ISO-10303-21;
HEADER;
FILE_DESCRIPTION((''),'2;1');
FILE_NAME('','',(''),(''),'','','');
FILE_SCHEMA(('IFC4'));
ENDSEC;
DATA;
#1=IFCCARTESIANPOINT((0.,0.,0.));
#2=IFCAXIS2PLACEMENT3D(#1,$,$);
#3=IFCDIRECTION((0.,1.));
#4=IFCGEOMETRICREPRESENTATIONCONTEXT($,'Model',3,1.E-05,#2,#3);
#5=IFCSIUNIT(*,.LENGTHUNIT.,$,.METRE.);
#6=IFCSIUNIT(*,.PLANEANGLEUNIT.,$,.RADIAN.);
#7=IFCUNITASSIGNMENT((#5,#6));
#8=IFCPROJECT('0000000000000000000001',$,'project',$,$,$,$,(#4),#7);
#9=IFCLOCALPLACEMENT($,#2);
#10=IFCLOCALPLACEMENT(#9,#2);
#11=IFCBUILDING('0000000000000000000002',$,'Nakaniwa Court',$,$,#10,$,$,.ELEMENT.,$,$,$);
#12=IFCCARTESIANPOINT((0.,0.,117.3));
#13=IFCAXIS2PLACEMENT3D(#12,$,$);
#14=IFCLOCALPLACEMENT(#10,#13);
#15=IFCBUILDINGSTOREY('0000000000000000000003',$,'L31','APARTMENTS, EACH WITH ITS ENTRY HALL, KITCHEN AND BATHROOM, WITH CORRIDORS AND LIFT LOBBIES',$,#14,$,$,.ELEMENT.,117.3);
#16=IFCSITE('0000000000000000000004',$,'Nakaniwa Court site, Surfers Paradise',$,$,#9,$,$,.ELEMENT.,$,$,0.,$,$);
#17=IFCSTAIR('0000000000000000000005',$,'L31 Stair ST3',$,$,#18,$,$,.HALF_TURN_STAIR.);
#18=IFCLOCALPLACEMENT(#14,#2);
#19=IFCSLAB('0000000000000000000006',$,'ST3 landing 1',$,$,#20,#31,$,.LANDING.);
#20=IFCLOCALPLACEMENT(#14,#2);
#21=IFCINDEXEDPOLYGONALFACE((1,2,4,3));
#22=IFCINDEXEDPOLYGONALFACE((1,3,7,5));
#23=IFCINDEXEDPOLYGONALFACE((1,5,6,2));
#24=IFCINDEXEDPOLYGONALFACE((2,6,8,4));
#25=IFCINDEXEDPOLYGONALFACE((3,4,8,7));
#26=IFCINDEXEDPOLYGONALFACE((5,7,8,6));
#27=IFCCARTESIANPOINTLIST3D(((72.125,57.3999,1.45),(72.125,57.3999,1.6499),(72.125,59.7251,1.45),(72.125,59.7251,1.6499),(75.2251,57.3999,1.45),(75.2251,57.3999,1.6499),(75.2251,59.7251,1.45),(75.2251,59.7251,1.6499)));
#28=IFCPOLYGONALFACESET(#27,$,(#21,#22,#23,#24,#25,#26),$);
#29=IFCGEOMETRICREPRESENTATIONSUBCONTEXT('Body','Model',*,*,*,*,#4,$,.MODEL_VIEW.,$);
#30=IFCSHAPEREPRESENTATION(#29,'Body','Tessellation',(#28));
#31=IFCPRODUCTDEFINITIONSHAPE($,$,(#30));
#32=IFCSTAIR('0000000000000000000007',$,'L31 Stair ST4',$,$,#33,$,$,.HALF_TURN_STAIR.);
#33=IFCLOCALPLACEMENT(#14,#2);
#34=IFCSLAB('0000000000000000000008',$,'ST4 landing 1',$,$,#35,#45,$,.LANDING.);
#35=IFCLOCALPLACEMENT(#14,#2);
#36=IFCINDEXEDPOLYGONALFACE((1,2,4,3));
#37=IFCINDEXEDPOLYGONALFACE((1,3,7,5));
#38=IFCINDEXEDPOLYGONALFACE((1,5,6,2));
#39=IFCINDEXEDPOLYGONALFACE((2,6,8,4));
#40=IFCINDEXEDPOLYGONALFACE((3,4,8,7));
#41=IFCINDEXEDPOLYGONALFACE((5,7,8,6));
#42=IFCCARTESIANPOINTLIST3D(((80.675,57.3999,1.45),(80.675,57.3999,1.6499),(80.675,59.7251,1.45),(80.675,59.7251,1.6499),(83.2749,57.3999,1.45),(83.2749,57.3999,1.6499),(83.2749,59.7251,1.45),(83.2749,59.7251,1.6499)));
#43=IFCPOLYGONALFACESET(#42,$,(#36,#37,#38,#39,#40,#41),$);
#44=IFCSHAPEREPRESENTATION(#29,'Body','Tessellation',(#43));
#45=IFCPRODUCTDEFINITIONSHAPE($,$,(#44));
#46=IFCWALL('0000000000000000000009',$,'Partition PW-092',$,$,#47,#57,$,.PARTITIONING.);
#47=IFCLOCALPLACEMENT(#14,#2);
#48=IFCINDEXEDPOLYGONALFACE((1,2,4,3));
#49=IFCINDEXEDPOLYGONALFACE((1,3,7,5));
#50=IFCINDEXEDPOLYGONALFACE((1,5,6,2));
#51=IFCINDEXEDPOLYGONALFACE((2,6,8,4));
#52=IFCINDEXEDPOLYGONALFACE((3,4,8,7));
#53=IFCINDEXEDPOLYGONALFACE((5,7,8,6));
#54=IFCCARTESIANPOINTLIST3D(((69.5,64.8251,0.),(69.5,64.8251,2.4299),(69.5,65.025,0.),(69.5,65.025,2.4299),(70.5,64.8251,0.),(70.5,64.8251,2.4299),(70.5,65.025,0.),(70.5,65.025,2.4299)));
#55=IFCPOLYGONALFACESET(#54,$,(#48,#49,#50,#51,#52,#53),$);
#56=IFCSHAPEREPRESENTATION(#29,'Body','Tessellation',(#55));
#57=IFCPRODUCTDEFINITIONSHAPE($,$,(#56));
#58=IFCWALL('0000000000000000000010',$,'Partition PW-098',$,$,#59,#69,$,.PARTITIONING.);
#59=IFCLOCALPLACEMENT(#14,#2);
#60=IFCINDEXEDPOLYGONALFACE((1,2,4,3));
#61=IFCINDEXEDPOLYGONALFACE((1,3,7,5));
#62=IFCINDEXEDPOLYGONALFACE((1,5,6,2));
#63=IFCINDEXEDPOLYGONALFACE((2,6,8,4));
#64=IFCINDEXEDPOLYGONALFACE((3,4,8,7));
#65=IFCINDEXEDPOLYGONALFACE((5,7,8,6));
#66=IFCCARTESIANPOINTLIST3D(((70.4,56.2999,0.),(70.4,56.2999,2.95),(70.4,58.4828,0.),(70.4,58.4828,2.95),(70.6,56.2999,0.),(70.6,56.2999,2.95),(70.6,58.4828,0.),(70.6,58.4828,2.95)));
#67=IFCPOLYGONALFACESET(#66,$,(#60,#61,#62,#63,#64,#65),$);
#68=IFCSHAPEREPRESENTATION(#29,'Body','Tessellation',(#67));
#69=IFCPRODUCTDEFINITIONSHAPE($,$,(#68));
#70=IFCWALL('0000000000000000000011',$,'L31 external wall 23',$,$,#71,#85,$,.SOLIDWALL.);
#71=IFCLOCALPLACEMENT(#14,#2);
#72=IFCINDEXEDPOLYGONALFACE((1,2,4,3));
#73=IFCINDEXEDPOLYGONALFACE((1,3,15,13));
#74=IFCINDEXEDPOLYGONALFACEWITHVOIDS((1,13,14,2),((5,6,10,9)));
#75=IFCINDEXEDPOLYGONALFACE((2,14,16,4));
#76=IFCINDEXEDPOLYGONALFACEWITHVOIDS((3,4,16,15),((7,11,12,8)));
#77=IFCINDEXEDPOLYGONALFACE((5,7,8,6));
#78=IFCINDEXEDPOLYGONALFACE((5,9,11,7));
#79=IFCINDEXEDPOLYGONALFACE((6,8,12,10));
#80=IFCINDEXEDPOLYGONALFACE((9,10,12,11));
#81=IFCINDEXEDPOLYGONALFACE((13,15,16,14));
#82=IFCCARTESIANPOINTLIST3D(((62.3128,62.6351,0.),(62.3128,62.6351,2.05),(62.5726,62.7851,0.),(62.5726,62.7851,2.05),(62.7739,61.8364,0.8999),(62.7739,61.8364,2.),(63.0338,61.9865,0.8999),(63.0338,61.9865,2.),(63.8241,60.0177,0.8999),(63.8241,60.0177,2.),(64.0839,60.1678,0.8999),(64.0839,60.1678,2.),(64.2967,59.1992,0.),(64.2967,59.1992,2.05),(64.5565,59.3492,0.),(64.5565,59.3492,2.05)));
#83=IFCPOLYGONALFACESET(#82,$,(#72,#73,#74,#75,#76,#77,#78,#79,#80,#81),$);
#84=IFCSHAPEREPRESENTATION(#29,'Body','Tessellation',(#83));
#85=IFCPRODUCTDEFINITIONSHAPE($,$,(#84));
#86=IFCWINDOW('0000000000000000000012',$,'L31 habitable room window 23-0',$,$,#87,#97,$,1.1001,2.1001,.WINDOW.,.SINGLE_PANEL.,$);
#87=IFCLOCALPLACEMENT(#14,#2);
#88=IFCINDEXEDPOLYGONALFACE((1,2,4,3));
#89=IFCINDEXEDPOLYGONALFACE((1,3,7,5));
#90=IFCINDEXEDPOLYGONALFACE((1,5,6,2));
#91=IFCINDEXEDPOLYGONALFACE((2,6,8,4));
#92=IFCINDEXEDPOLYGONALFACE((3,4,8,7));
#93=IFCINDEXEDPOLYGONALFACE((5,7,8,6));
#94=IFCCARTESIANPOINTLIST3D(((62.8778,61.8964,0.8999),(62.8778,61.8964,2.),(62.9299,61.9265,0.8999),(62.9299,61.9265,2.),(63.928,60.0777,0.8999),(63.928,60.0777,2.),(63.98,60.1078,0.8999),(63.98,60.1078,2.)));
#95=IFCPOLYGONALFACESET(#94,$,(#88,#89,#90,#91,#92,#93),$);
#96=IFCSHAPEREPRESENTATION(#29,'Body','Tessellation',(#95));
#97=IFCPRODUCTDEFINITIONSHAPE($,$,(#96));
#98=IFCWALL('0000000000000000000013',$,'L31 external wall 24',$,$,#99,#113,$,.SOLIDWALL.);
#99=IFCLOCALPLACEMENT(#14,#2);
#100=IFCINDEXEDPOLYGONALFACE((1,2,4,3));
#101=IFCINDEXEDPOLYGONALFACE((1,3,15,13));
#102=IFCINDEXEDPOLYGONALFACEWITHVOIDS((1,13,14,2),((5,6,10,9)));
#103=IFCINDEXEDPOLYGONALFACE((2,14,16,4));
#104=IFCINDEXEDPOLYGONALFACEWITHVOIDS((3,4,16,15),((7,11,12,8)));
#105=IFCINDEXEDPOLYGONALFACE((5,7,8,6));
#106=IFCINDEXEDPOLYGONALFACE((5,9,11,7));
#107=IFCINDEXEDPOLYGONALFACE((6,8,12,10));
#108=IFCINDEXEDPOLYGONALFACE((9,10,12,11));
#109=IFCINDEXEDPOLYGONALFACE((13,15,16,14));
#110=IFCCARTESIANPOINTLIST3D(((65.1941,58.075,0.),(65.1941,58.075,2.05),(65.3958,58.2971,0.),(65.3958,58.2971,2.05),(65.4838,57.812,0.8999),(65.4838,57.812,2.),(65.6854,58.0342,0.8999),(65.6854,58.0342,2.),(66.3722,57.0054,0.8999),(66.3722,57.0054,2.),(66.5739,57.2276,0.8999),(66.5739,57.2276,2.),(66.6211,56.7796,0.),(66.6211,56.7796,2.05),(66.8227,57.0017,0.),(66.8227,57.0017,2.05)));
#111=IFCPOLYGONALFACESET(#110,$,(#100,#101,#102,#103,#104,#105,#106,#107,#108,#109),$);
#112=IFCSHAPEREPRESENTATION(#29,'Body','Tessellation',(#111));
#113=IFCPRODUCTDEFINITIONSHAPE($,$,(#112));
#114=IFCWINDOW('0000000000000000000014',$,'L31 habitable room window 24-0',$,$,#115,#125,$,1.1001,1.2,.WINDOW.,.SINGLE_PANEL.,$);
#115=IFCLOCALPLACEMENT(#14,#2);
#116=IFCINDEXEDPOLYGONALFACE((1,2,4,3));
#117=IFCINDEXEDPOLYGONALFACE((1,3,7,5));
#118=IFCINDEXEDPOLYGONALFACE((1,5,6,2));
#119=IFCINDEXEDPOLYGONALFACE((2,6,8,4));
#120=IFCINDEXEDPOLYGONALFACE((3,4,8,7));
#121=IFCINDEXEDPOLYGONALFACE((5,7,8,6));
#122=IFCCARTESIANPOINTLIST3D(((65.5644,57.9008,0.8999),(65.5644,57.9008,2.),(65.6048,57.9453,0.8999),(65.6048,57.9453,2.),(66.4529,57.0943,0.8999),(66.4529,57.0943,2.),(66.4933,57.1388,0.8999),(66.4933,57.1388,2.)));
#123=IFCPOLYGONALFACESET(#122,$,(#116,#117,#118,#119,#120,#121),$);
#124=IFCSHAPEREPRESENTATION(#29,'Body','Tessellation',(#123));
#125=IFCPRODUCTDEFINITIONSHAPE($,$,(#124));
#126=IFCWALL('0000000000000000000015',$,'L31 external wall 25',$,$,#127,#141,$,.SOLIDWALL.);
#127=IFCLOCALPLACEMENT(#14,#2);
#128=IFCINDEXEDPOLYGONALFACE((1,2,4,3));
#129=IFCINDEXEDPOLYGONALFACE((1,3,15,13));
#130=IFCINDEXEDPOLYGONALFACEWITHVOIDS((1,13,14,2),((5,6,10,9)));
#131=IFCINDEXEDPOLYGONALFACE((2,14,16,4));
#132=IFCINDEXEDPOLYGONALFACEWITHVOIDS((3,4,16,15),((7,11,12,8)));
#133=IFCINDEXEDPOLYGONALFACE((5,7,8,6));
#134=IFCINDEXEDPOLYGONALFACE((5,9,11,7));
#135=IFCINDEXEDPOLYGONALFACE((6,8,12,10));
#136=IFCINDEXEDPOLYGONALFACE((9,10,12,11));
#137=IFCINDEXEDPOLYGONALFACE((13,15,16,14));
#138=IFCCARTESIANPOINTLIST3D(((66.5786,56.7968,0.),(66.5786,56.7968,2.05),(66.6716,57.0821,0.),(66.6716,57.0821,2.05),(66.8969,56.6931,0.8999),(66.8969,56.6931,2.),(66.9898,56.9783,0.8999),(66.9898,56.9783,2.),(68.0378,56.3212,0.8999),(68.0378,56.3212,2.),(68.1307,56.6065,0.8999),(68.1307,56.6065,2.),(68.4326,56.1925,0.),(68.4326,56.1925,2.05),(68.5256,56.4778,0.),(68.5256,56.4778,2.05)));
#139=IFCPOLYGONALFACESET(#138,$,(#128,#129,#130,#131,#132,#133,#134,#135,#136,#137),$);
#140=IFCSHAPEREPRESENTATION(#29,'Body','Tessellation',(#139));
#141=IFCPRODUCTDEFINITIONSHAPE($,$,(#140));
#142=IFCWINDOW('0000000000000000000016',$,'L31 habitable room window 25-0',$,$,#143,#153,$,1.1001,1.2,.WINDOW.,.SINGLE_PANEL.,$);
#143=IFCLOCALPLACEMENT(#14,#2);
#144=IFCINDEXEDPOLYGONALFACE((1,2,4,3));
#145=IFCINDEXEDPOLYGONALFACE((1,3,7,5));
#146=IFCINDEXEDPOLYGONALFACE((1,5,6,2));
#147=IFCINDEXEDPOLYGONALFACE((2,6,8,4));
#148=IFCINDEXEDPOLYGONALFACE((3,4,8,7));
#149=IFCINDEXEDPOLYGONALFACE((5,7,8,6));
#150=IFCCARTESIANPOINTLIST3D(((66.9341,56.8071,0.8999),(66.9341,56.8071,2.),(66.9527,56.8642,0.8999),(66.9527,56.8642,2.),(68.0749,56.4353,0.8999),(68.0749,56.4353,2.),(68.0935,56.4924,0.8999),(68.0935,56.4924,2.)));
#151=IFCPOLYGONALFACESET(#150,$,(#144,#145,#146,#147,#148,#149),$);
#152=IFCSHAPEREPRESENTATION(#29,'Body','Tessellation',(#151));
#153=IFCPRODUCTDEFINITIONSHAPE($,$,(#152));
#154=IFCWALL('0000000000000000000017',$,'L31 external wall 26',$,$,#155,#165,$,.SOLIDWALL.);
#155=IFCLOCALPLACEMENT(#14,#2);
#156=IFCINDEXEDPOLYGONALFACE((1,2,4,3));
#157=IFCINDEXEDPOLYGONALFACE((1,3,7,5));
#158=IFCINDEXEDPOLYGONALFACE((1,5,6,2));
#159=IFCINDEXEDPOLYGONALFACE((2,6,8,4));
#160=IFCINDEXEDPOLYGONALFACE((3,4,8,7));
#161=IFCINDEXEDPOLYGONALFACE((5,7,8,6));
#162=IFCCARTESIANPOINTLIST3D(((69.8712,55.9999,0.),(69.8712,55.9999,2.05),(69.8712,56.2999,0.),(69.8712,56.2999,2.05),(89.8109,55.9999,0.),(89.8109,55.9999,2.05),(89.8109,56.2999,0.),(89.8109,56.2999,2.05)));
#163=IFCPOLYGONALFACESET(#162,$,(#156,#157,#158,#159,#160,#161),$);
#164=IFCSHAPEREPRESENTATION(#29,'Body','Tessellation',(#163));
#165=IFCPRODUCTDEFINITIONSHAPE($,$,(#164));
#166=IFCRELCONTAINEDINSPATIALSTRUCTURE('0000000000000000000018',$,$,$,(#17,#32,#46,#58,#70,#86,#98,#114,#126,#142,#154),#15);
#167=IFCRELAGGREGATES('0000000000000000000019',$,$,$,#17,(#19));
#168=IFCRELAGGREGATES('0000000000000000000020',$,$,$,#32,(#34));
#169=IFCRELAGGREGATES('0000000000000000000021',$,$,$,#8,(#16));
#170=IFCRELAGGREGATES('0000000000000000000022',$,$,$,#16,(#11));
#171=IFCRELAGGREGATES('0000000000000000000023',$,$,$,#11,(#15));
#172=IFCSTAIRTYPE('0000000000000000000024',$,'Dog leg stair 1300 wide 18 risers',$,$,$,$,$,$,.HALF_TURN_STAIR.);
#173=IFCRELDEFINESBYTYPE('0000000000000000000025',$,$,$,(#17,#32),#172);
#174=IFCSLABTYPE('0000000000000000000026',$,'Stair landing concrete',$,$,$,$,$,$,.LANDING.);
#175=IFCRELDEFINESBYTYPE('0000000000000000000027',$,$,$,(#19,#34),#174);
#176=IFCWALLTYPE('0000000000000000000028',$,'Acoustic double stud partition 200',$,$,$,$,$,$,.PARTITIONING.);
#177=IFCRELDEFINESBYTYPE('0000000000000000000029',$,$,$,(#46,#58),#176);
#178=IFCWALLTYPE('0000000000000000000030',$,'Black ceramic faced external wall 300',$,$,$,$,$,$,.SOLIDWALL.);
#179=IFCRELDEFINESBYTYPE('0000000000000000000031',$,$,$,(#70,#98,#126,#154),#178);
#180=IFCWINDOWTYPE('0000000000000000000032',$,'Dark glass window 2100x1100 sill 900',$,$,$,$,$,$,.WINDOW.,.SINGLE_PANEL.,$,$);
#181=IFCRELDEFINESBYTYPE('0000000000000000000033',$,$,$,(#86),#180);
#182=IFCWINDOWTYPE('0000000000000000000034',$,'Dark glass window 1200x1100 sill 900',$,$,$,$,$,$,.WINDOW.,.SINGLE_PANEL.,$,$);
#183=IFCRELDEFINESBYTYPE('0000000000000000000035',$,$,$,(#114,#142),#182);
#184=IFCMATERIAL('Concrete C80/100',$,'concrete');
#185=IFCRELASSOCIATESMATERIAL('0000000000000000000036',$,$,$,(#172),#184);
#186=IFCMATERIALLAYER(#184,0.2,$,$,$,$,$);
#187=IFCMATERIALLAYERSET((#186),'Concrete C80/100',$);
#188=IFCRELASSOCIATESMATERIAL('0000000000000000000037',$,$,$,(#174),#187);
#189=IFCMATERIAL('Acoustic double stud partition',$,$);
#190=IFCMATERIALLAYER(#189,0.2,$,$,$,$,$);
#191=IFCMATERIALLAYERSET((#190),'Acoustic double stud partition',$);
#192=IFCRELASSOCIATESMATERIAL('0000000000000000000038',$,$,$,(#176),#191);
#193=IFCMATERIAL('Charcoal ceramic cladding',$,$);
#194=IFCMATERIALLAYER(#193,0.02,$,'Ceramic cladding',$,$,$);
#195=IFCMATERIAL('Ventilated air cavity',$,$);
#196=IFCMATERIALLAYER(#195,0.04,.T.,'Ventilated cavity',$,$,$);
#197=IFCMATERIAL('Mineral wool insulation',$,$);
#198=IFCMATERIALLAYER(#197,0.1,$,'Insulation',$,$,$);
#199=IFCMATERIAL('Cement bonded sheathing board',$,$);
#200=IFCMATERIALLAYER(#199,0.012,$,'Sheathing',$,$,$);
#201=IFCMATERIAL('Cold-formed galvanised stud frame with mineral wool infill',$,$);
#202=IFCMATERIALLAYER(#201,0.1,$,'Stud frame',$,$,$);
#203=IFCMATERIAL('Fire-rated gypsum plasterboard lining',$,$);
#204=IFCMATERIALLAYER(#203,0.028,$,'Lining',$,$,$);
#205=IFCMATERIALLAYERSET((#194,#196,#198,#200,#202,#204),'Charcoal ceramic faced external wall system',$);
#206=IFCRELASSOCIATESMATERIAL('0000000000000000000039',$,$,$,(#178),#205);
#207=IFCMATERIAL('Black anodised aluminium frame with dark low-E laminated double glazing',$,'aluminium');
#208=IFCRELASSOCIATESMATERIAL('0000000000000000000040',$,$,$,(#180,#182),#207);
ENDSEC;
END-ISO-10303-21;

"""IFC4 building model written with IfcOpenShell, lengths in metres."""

from ifc_helpers import new_model, si_unit, direction, frame, frame_2d, origin, place, context, subcontext, project, spatial, polyline, rectangle, outline, extrude, material, layer, layer_set, type_object, element, fill, aggregate, save


model = new_model("IFC4")

# Units and contexts
model_context = context("Model", 3, precision=1e-05, world=origin(), true_north=direction((0.0, 1.0)))
body_context = subcontext(model_context, "Body", "Model", "MODEL_VIEW")
ifc_project = project(units=[si_unit("LENGTHUNIT", "METRE"), si_unit("PLANEANGLEUNIT", "RADIAN")], contexts=[model_context])

# Site, building, storey
site_placement = place(None, origin())
site = spatial("IfcSite", under=ifc_project, at=site_placement, Name="Nakaniwa Court site, Surfers Paradise", CompositionType="ELEMENT", RefElevation=0.0)
building_placement = place(site_placement, origin())
building = spatial("IfcBuilding", under=site, at=building_placement, Name="Nakaniwa Court", CompositionType="ELEMENT")
storey_placement = place(building_placement, frame((0.0, 0.0, 117.3)))
storey = spatial("IfcBuildingStorey", under=building, at=storey_placement, Name="L31", Description="APARTMENTS, EACH WITH ITS ENTRY HALL, KITCHEN AND BATHROOM, WITH CORRIDORS AND LIFT LOBBIES", CompositionType="ELEMENT", Elevation=117.3)

# Shared definitions
ifc_material_1 = material(Name="Concrete C80/100", Category="concrete")

# Stairs, slabs
stair_type = type_object("IfcStairType", Name="Dog leg stair 1300 wide 18 risers", PredefinedType="HALF_TURN_STAIR", material=ifc_material_1)
ifc_layer_1 = layer(ifc_material_1, 0.2)
ifc_layer_set_1 = layer_set([ifc_layer_1], Name="Concrete C80/100")
slab_type_1 = type_object("IfcSlabType", Name="Stair landing concrete", PredefinedType="LANDING", material=ifc_layer_set_1)
stair_1_placement = place(storey_placement, origin())
stair_1 = element("IfcStair", 1, at=stair_1_placement, inside=storey, type_object=stair_type, Name="L31 Stair ST3", PredefinedType="HALF_TURN_STAIR")
slab_1_placement = place(storey_placement, frame((0.0, 0.0, 1.45)))
slab_1 = element("IfcSlab", 2, at=slab_1_placement, type_object=slab_type_1, Name="ST3 landing 1", PredefinedType="LANDING", context=body_context, shape_type="SweptSolid", body=[
    extrude(outline(polyline([(75.2251, 57.3999), (75.2251, 59.7251), (72.125, 59.7251), (72.125, 57.3999), (75.2251, 57.3999)])), origin(), (0.0, 0.0, 1.0), 0.2),
])
aggregate(stair_1, [slab_1])
stair_2_placement = place(storey_placement, origin())
stair_2 = element("IfcStair", 3, at=stair_2_placement, inside=storey, type_object=stair_type, Name="L31 Stair ST4", PredefinedType="HALF_TURN_STAIR")
slab_2_placement = place(storey_placement, frame((0.0, 0.0, 1.45)))
slab_2 = element("IfcSlab", 4, at=slab_2_placement, type_object=slab_type_1, Name="ST4 landing 1", PredefinedType="LANDING", context=body_context, shape_type="SweptSolid", body=[
    extrude(outline(polyline([(83.2749, 57.3999), (83.2749, 59.7251), (80.675, 59.7251), (80.675, 57.3999), (83.2749, 57.3999)])), origin(), (0.0, 0.0, 1.0), 0.2),
])
aggregate(stair_2, [slab_2])

# Walls
ifc_material_2 = material(Name="Acoustic double stud partition")
ifc_layer_2 = layer(ifc_material_2, 0.2)
ifc_layer_set_2 = layer_set([ifc_layer_2], Name="Acoustic double stud partition")
wall_type_1 = type_object("IfcWallType", Name="Acoustic double stud partition 200", PredefinedType="PARTITIONING", material=ifc_layer_set_2)
wall_1_placement = place(storey_placement, frame((69.5, 64.925, 0.0), z_axis=(0.0, 0.0, 1.0), x_axis=(1.0, 0.0, 0.0)))
element("IfcWall", 5, at=wall_1_placement, inside=storey, type_object=wall_type_1, Name="Partition PW-092", PredefinedType="PARTITIONING", context=body_context, shape_type="SweptSolid", body=[
    extrude(rectangle(XDim=1.0, YDim=0.2, at=frame_2d((0.5, 0.0))), origin(), (0.0, 0.0, 1.0), 2.4299),
])
wall_2_placement = place(storey_placement, frame((70.5, 56.3, 0.0), z_axis=(0.0, 0.0, 1.0), x_axis=(0.0, 1.0, 0.0)))
element("IfcWall", 6, at=wall_2_placement, inside=storey, type_object=wall_type_1, Name="Partition PW-098", PredefinedType="PARTITIONING", context=body_context, shape_type="SweptSolid", body=[
    extrude(rectangle(XDim=2.1829, YDim=0.2, at=frame_2d((1.0913, 0.0))), origin(), (0.0, 0.0, 1.0), 2.95),
])

# Walls, openings, windows
ifc_material_3 = material(Name="Charcoal ceramic cladding")
ifc_layer_3 = layer(ifc_material_3, 0.02, Name="Ceramic cladding")
ifc_material_4 = material(Name="Ventilated air cavity")
ifc_layer_4 = layer(ifc_material_4, 0.04, ventilated=True, Name="Ventilated cavity")
ifc_material_5 = material(Name="Mineral wool insulation")
ifc_layer_5 = layer(ifc_material_5, 0.1, Name="Insulation")
ifc_material_6 = material(Name="Cement bonded sheathing board")
ifc_layer_6 = layer(ifc_material_6, 0.012, Name="Sheathing")
ifc_material_7 = material(Name="Cold-formed galvanised stud frame with mineral wool infill")
ifc_layer_7 = layer(ifc_material_7, 0.1, Name="Stud frame")
ifc_material_8 = material(Name="Fire-rated gypsum plasterboard lining")
ifc_layer_8 = layer(ifc_material_8, 0.028, Name="Lining")
ifc_layer_set_3 = layer_set([ifc_layer_3, ifc_layer_4, ifc_layer_5, ifc_layer_6, ifc_layer_7, ifc_layer_8], Name="Charcoal ceramic faced external wall system")
wall_type_2 = type_object("IfcWallType", Name="Black ceramic faced external wall 300", PredefinedType="SOLIDWALL", material=ifc_layer_set_3)
wall_3_placement = place(storey_placement, frame((62.4426, 62.7102, 0.0), z_axis=(0.0, 0.0, 1.0), x_axis=(0.500044, -0.866, 0.0)))
wall_3 = element("IfcWall", 7, at=wall_3_placement, inside=storey, type_object=wall_type_2, Name="L31 external wall 23", PredefinedType="SOLIDWALL", context=body_context, shape_type="SweptSolid", body=[
    extrude(rectangle(XDim=3.9675, YDim=0.3, at=frame_2d((1.9839, 0.0))), origin(), (0.0, 0.0, 1.0), 2.05),
])
opening_1_placement = place(wall_3_placement, frame((0.9224, 0.0, 0.8999)))
opening_1 = element("IfcOpeningElement", 8, at=opening_1_placement, cuts=wall_3, PredefinedType="OPENING", context=body_context, shape_type="SweptSolid", body=[
    extrude(rectangle(XDim=2.1001, YDim=1.1001, at=frame_2d((1.05, 0.55))), frame((0.0, 0.1599, 0.0), z_axis=(0.0, -1.0, 0.0), x_axis=(1.0, 0.0, 0.0)), (0.0, 0.0, 1.0), 0.3201),
])
ifc_material_9 = material(Name="Black anodised aluminium frame with dark low-E laminated double glazing", Category="aluminium")
window_type_1 = type_object("IfcWindowType", Name="Dark glass window 2100x1100 sill 900", PartitioningType="SINGLE_PANEL", PredefinedType="WINDOW", material=ifc_material_9)
window_1_placement = place(opening_1_placement, origin())
window_1 = element("IfcWindow", 9, at=window_1_placement, inside=storey, type_object=window_type_1, Name="L31 habitable room window 23-0", OverallHeight=1.1001, OverallWidth=2.1001, PartitioningType="SINGLE_PANEL", PredefinedType="WINDOW", context=body_context, shape_type="SweptSolid", body=[
    extrude(rectangle(XDim=2.1001, YDim=1.1001, at=frame_2d((1.05, 0.55))), frame((0.0, 0.03, 0.0), z_axis=(0.0, -1.0, 0.0), x_axis=(1.0, 0.0, 0.0)), (0.0, 0.0, 1.0), 0.0601),
])
fill(opening_1, window_1)
wall_4_placement = place(storey_placement, frame((65.2949, 58.186, 0.0), z_axis=(0.0, 0.0, 1.0), x_axis=(0.740421, -0.672143, 0.0)))
wall_4 = element("IfcWall", 10, at=wall_4_placement, inside=storey, type_object=wall_type_2, Name="L31 external wall 24", PredefinedType="SOLIDWALL", context=body_context, shape_type="SweptSolid", body=[
    extrude(rectangle(XDim=1.9272, YDim=0.3, at=frame_2d((0.9636, 0.0))), origin(), (0.0, 0.0, 1.0), 2.05),
])
opening_2_placement = place(wall_4_placement, frame((0.3911, 0.0, 0.8999)))
opening_2 = element("IfcOpeningElement", 11, at=opening_2_placement, cuts=wall_4, PredefinedType="OPENING", context=body_context, shape_type="SweptSolid", body=[
    extrude(rectangle(XDim=1.2, YDim=1.1001, at=frame_2d((0.6001, 0.55))), frame((0.0, 0.1599, 0.0), z_axis=(0.0, -1.0, 0.0), x_axis=(1.0, 0.0, 0.0)), (0.0, 0.0, 1.0), 0.3201),
])
window_type_2 = type_object("IfcWindowType", Name="Dark glass window 1200x1100 sill 900", PartitioningType="SINGLE_PANEL", PredefinedType="WINDOW", material=ifc_material_9)
window_2_placement = place(opening_2_placement, origin())
window_2 = element("IfcWindow", 12, at=window_2_placement, inside=storey, type_object=window_type_2, Name="L31 habitable room window 24-0", OverallHeight=1.1001, OverallWidth=1.2, PartitioningType="SINGLE_PANEL", PredefinedType="WINDOW", context=body_context, shape_type="SweptSolid", body=[
    extrude(rectangle(XDim=1.2, YDim=1.1001, at=frame_2d((0.6001, 0.55))), frame((0.0, 0.03, 0.0), z_axis=(0.0, -1.0, 0.0), x_axis=(1.0, 0.0, 0.0)), (0.0, 0.0, 1.0), 0.0601),
])
fill(opening_2, window_2)
wall_5_placement = place(storey_placement, frame((66.625, 56.9395, 0.0), z_axis=(0.0, 0.0, 1.0), x_axis=(0.950778, -0.309873, 0.0)))
wall_5 = element("IfcWall", 13, at=wall_5_placement, inside=storey, type_object=wall_type_2, Name="L31 external wall 25", PredefinedType="SOLIDWALL", context=body_context, shape_type="SweptSolid", body=[
    extrude(rectangle(XDim=1.95, YDim=0.3, at=frame_2d((0.9751, 0.0))), origin(), (0.0, 0.0, 1.0), 2.05),
])
opening_3_placement = place(wall_5_placement, frame((0.3347, 0.0, 0.8999)))
opening_3 = element("IfcOpeningElement", 14, at=opening_3_placement, cuts=wall_5, PredefinedType="OPENING", context=body_context, shape_type="SweptSolid", body=[
    extrude(rectangle(XDim=1.2, YDim=1.1001, at=frame_2d((0.6001, 0.55))), frame((0.0, 0.1599, 0.0), z_axis=(0.0, -1.0, 0.0), x_axis=(1.0, 0.0, 0.0)), (0.0, 0.0, 1.0), 0.3201),
])
window_3_placement = place(opening_3_placement, origin())
window_3 = element("IfcWindow", 15, at=window_3_placement, inside=storey, type_object=window_type_2, Name="L31 habitable room window 25-0", OverallHeight=1.1001, OverallWidth=1.2, PartitioningType="SINGLE_PANEL", PredefinedType="WINDOW", context=body_context, shape_type="SweptSolid", body=[
    extrude(rectangle(XDim=1.2, YDim=1.1001, at=frame_2d((0.6001, 0.55))), frame((0.0, 0.03, 0.0), z_axis=(0.0, -1.0, 0.0), x_axis=(1.0, 0.0, 0.0)), (0.0, 0.0, 1.0), 0.0601),
])
fill(opening_3, window_3)

# Wall
wall_6_placement = place(storey_placement, frame((69.8713, 56.1499, 0.0), z_axis=(0.0, 0.0, 1.0), x_axis=(1.0, 0.0, 0.0)))
element("IfcWall", 16, at=wall_6_placement, inside=storey, type_object=wall_type_2, Name="L31 external wall 26", PredefinedType="SOLIDWALL", context=body_context, shape_type="SweptSolid", body=[
    extrude(rectangle(XDim=19.9397, YDim=0.3, at=frame_2d((9.9697, 0.0))), origin(), (0.0, 0.0, 1.0), 2.05),
])

save(model, "model.ifc")
